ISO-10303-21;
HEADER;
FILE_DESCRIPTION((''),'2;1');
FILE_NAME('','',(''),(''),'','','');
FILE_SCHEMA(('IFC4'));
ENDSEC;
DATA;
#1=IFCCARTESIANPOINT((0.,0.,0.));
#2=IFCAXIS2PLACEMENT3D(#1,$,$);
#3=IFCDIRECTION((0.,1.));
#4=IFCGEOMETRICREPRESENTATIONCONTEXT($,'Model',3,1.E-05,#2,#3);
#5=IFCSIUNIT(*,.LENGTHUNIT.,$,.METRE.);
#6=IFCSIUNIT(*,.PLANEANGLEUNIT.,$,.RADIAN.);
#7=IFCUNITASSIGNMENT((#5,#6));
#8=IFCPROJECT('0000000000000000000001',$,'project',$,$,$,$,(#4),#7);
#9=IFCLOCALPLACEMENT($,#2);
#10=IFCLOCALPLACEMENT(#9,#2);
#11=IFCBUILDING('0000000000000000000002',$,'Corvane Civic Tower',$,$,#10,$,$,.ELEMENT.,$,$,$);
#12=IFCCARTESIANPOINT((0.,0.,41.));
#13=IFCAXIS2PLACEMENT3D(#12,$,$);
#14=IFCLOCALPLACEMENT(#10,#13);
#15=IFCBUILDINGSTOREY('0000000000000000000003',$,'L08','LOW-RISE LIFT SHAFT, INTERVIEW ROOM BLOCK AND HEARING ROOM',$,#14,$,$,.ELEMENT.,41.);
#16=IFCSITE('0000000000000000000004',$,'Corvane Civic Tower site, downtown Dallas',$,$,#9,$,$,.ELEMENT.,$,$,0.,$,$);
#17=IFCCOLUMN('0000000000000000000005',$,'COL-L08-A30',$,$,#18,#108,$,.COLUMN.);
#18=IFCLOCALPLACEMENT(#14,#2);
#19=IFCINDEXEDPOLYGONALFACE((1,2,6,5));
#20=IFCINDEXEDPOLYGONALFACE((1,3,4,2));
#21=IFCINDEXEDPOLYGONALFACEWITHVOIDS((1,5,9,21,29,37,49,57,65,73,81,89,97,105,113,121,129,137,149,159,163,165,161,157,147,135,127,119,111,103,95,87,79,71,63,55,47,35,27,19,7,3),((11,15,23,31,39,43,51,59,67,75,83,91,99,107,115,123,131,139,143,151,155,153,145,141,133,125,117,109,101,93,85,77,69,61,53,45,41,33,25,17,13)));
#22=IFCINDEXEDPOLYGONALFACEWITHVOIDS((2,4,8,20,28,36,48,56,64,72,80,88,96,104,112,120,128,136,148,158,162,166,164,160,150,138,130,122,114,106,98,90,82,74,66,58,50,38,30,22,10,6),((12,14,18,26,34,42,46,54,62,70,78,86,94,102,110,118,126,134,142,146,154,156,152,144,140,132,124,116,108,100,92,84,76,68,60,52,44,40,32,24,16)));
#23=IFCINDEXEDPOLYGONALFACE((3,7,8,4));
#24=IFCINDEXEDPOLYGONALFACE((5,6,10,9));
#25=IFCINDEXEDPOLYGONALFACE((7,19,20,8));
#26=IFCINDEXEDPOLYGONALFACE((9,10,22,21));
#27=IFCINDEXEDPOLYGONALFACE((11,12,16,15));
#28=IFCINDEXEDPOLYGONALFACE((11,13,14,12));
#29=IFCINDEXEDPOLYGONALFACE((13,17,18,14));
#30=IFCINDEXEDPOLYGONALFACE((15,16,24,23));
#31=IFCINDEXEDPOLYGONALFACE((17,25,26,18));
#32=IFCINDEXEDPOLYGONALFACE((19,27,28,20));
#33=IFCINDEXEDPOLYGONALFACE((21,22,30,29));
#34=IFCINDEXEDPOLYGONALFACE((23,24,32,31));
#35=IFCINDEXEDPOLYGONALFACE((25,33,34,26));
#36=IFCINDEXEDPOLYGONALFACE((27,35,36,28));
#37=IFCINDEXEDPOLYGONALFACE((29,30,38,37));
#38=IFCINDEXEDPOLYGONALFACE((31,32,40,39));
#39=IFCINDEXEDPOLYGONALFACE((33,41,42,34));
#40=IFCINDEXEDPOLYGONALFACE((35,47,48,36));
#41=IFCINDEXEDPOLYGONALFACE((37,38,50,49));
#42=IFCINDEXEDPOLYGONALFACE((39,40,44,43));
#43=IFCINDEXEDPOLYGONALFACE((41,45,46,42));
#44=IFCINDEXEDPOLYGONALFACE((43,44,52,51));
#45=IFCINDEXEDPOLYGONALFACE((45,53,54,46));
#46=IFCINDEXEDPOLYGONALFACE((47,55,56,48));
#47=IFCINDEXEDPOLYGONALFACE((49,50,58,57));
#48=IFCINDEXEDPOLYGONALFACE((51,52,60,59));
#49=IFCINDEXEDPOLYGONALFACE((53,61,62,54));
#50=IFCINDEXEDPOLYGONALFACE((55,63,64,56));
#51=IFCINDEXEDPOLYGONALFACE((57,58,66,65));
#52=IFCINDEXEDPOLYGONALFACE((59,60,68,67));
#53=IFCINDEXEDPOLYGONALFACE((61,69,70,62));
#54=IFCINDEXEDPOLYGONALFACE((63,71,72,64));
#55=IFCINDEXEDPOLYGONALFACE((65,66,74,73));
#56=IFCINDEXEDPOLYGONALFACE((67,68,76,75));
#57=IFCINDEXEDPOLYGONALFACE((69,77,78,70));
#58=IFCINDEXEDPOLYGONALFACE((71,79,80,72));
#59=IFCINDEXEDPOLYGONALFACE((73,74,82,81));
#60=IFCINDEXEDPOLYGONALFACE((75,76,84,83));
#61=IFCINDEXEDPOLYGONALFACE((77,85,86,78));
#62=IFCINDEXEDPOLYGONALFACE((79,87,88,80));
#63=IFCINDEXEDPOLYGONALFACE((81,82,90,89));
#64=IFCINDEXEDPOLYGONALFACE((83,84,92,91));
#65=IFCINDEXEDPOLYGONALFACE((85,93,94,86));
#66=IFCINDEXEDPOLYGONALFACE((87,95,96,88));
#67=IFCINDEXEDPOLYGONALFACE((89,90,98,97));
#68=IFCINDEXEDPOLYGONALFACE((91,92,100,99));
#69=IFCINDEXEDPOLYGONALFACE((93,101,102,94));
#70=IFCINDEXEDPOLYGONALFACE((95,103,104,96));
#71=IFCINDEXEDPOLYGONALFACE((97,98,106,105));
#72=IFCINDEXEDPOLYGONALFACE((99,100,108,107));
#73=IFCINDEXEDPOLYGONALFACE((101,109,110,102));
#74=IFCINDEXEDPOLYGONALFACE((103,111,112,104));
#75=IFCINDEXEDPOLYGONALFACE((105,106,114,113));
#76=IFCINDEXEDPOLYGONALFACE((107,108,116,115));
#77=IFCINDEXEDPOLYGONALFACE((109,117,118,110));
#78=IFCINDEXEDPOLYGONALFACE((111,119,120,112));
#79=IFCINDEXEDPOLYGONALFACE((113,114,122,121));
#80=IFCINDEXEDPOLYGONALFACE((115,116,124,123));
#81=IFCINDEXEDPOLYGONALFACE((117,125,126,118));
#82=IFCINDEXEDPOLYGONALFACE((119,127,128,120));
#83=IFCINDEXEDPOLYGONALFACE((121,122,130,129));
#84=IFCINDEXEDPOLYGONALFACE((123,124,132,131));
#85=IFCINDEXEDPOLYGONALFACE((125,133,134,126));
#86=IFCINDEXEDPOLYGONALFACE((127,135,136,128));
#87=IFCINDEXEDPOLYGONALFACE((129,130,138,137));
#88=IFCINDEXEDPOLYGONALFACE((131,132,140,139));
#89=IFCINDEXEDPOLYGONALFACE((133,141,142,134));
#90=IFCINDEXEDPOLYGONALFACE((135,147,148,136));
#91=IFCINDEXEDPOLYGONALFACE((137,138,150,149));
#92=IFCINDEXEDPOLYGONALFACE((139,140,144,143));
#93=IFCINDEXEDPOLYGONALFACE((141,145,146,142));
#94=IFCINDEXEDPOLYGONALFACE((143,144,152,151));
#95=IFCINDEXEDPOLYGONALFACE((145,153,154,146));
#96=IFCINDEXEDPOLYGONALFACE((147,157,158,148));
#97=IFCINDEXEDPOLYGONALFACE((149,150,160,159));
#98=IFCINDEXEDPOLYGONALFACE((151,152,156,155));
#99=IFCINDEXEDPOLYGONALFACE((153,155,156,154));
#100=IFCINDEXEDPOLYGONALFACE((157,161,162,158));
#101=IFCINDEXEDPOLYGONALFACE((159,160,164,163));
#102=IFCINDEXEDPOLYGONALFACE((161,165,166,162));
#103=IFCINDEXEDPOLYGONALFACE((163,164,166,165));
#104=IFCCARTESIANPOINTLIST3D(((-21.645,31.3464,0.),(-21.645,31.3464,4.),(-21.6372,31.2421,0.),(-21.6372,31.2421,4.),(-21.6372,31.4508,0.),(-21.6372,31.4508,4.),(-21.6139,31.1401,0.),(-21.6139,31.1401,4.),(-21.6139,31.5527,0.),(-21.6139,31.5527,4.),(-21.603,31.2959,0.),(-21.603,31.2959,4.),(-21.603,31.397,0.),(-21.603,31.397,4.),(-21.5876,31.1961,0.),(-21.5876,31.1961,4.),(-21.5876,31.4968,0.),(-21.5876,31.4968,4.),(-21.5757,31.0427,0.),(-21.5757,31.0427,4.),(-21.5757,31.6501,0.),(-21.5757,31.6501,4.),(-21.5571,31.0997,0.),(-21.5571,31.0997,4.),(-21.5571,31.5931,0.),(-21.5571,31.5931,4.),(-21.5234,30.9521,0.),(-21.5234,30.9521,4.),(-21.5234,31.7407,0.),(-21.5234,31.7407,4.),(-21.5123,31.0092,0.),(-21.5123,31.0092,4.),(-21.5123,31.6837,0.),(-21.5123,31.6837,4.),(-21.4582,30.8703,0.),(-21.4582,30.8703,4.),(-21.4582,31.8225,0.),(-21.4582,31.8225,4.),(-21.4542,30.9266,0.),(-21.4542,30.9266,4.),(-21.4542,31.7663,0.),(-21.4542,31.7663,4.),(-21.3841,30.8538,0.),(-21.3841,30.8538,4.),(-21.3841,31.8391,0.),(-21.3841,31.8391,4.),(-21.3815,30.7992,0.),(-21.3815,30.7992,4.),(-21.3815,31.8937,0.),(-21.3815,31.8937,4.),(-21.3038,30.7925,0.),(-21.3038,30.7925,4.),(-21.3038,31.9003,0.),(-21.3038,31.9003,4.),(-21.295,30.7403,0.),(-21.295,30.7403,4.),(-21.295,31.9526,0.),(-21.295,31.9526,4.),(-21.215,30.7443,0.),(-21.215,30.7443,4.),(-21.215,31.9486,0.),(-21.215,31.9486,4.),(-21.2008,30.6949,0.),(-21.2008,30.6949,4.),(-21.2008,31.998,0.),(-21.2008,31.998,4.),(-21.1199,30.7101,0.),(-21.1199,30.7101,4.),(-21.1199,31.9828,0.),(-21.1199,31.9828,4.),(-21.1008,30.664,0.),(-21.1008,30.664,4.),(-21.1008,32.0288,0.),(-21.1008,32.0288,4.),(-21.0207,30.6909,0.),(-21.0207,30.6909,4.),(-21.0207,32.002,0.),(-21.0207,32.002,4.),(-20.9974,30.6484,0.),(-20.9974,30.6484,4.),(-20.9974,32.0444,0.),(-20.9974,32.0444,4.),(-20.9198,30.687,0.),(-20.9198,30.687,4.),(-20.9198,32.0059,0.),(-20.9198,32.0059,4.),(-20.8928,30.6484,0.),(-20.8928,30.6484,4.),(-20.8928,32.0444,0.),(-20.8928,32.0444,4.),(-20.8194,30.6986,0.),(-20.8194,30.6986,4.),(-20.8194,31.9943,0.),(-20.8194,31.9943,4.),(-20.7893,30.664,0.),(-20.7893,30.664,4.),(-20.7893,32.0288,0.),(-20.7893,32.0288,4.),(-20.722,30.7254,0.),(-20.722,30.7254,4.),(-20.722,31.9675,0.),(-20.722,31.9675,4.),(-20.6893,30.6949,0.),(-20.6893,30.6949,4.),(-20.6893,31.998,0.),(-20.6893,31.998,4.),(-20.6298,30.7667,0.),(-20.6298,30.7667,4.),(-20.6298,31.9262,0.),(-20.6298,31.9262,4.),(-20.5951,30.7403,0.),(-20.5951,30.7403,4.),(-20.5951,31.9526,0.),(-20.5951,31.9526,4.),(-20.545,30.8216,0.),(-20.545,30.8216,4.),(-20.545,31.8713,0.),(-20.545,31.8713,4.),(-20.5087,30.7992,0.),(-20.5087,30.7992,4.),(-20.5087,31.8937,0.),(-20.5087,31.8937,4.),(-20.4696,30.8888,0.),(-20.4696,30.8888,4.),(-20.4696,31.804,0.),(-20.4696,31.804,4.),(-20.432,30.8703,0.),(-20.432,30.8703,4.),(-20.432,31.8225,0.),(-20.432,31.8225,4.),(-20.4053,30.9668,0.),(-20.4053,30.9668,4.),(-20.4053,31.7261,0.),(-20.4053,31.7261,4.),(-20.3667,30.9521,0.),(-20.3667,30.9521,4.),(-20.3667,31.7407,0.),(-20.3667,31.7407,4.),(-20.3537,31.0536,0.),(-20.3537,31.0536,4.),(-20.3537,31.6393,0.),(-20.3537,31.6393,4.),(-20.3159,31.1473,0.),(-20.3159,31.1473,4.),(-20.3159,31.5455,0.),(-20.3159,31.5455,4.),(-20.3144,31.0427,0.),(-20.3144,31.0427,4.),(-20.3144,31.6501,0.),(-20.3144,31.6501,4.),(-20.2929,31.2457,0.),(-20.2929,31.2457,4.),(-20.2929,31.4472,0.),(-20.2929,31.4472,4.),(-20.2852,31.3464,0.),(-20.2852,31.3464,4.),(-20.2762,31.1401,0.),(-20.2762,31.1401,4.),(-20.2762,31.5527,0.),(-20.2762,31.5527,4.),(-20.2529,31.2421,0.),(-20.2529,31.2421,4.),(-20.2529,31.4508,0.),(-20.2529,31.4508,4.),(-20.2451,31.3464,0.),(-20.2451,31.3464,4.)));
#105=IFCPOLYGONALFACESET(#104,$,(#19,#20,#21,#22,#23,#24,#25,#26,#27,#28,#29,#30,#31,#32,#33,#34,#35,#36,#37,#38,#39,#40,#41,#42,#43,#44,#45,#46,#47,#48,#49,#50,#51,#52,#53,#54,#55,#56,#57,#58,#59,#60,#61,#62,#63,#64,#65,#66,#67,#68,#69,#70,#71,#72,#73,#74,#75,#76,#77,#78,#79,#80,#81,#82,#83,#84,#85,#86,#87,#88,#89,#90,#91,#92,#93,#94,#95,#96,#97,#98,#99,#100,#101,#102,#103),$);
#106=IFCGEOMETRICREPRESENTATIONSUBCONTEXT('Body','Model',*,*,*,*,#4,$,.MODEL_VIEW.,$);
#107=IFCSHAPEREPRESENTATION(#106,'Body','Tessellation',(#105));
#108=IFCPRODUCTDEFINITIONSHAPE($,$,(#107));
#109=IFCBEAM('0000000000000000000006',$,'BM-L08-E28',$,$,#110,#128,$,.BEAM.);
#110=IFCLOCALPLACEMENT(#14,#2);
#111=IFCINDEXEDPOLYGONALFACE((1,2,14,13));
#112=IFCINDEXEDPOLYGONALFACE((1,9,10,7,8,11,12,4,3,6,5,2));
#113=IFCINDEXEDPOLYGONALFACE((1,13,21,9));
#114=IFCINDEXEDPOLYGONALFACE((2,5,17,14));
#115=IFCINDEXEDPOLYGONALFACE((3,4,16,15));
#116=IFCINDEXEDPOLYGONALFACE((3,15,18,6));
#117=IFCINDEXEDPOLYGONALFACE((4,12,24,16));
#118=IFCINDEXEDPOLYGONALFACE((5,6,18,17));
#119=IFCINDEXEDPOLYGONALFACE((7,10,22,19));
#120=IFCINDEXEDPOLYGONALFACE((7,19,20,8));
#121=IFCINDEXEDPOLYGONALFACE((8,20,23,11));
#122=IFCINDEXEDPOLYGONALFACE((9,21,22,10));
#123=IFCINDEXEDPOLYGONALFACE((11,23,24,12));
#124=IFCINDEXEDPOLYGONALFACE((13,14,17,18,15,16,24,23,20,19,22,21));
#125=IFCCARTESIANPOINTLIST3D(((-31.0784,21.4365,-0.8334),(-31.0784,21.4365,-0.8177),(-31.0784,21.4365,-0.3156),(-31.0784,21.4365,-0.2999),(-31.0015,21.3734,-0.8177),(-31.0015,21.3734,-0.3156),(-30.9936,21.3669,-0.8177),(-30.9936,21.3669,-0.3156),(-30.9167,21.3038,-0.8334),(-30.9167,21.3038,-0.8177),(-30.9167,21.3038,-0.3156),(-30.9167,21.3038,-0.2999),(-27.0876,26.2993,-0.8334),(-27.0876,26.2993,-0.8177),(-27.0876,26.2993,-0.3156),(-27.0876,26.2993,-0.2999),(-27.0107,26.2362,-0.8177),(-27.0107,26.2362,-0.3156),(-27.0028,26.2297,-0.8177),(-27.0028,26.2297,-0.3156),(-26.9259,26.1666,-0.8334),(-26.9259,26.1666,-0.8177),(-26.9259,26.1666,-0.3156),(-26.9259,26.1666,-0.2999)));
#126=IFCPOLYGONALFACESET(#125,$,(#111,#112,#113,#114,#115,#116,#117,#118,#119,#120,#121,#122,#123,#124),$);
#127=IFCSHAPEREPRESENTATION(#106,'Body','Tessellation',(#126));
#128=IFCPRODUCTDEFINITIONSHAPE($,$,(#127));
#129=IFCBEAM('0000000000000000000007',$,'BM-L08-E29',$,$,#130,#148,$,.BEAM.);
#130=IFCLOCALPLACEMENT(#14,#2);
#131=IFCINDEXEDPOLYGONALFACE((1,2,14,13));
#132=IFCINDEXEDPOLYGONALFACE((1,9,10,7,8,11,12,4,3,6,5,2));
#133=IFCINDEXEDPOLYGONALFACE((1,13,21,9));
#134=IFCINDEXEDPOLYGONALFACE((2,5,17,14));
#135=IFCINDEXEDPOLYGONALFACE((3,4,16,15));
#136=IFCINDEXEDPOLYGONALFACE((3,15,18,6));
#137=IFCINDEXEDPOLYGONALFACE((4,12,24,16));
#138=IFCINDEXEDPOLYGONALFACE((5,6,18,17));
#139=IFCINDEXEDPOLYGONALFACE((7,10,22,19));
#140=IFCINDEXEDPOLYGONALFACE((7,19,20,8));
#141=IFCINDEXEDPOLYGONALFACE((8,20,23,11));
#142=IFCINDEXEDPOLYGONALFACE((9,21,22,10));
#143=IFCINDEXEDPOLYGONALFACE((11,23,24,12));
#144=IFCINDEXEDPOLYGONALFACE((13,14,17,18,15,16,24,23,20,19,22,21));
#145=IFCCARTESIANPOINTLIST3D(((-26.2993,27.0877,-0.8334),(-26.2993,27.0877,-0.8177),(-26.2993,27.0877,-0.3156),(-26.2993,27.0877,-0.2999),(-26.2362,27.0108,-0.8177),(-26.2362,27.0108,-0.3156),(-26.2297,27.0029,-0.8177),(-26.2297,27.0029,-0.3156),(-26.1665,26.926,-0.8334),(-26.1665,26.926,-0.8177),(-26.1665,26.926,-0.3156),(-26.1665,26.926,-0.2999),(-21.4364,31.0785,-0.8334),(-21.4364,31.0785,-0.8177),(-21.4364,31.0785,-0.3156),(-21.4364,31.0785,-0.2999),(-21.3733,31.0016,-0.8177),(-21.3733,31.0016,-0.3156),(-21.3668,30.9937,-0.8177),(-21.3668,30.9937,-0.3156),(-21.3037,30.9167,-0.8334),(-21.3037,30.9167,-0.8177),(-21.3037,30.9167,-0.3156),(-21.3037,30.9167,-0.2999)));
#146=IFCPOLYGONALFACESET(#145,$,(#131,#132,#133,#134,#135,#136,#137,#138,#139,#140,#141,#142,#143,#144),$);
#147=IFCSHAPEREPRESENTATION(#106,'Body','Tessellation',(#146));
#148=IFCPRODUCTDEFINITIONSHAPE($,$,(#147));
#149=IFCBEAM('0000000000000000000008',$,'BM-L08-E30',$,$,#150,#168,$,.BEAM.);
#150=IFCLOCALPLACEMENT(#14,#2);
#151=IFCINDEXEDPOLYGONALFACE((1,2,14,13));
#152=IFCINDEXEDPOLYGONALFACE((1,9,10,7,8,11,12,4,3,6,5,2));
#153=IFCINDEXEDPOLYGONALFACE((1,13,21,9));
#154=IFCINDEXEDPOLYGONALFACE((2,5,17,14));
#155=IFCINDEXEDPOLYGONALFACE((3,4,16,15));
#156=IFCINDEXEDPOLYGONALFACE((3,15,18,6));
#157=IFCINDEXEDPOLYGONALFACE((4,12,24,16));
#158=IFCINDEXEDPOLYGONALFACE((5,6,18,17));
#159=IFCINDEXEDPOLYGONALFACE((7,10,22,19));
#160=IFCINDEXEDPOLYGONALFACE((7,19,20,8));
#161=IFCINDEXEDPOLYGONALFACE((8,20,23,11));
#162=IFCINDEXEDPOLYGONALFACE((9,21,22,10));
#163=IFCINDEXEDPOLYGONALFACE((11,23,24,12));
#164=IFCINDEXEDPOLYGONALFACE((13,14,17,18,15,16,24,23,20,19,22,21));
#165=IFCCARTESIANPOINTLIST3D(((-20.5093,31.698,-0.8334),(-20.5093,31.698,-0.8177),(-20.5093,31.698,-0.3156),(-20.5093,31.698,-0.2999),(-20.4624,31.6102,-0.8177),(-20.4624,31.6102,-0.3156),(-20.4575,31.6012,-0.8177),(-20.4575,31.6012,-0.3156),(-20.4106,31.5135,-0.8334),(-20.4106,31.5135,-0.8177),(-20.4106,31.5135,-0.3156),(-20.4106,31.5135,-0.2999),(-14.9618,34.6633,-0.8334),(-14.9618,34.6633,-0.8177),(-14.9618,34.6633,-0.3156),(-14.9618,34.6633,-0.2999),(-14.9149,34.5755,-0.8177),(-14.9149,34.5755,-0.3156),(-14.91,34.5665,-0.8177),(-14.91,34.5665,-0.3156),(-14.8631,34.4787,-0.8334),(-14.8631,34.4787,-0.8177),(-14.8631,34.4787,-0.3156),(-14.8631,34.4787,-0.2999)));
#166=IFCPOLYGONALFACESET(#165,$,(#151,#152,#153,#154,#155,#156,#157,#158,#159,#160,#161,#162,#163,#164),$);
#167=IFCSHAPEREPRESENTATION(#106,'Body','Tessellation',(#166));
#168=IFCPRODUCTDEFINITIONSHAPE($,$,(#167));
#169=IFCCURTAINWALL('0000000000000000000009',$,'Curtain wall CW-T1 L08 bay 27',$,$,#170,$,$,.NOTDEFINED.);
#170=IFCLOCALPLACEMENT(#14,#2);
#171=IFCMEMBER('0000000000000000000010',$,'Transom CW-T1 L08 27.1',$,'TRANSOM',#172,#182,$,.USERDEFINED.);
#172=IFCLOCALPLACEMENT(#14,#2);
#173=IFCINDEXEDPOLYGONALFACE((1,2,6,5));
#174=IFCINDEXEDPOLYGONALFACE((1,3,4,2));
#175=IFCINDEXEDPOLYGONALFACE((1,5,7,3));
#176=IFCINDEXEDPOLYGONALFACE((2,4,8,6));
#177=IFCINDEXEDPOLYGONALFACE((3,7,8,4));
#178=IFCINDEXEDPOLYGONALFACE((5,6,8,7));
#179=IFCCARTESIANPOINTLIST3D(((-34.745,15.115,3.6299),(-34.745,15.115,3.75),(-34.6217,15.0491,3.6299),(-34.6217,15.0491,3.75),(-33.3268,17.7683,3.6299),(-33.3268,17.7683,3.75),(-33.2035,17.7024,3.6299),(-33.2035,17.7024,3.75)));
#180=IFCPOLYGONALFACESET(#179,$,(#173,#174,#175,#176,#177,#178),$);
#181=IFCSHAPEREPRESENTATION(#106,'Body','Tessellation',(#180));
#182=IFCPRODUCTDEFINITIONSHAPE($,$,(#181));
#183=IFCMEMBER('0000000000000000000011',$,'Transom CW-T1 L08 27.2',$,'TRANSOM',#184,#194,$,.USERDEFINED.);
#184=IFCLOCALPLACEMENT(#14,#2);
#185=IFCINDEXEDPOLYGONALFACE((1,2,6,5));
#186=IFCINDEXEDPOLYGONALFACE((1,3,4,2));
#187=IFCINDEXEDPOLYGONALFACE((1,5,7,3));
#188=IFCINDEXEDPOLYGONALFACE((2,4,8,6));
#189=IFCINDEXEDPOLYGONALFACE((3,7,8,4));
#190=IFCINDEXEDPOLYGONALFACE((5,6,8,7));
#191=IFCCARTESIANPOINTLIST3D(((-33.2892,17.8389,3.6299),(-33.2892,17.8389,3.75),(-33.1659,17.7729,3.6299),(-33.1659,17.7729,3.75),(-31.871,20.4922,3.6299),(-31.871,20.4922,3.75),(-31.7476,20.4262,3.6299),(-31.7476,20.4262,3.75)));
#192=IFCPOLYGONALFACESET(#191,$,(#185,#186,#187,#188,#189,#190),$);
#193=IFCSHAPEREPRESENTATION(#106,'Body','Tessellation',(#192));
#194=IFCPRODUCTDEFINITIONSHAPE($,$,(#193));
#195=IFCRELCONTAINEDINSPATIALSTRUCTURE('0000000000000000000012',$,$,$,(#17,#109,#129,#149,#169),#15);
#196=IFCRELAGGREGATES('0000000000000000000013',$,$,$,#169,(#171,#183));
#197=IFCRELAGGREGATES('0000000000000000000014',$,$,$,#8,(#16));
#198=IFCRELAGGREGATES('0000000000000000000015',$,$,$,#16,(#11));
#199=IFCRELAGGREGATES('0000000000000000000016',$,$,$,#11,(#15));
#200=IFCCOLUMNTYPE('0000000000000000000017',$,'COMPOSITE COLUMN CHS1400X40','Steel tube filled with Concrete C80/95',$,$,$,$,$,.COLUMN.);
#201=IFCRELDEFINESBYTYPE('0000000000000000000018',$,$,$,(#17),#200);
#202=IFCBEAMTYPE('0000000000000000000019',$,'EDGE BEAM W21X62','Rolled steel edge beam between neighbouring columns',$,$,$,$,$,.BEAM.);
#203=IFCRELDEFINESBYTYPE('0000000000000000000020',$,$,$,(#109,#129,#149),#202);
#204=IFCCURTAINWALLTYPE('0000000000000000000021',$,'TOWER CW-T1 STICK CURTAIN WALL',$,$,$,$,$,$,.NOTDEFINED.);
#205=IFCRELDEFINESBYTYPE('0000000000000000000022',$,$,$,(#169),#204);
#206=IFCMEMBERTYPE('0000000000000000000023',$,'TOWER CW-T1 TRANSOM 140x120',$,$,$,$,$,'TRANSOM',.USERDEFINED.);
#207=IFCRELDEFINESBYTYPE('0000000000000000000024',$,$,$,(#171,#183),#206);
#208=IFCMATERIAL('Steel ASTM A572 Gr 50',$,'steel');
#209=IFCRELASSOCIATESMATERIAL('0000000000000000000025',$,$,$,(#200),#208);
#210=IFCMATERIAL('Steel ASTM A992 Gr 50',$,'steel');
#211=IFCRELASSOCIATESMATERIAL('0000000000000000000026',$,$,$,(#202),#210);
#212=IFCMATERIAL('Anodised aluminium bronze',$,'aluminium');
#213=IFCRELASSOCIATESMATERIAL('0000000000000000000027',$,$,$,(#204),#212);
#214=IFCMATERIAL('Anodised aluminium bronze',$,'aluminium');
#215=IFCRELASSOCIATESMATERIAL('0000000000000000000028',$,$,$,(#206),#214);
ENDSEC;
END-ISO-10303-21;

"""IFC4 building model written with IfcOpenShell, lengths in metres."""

from ifc_helpers import new_model, si_unit, direction, frame, origin, origin_2d, place, context, subcontext, project, spatial, rectangle, hollow_circle, i_section, extrude, material, material_profile, profile_set, type_object, element, aggregate, save


model = new_model("IFC4")

# Units and contexts
model_context = context("Model", 3, precision=1e-05, world=origin(), true_north=direction((0.0, 1.0)))
body_context = subcontext(model_context, "Body", "Model", "MODEL_VIEW")
ifc_project = project(units=[si_unit("LENGTHUNIT", "METRE"), si_unit("PLANEANGLEUNIT", "RADIAN")], contexts=[model_context])

# Site, building, storey
site_placement = place(None, origin())
site = spatial("IfcSite", under=ifc_project, at=site_placement, Name="Corvane Civic Tower site, downtown Dallas", CompositionType="ELEMENT", RefElevation=0.0)
building_placement = place(site_placement, origin())
building = spatial("IfcBuilding", under=site, at=building_placement, Name="Corvane Civic Tower", CompositionType="ELEMENT")
storey_placement = place(building_placement, frame((0.0, 0.0, 41.0)))
storey = spatial("IfcBuildingStorey", under=building, at=storey_placement, Name="L08", Description="LOW-RISE LIFT SHAFT, INTERVIEW ROOM BLOCK AND HEARING ROOM", CompositionType="ELEMENT", Elevation=41.0)

# Column
ifc_material_1 = material(Name="Steel ASTM A572 Gr 50", Category="steel")
ifc_material_profile_1 = material_profile(ifc_material_1, hollow_circle(Radius=0.7, WallThickness=0.04, at=origin_2d()), Name="CHS1400X40")
ifc_profile_set_1 = profile_set([ifc_material_profile_1], Name="Steel ASTM A572 Gr 50")
column_type = type_object("IfcColumnType", Name="COMPOSITE COLUMN CHS1400X40", Description="Steel tube filled with Concrete C80/95", PredefinedType="COLUMN", material=ifc_profile_set_1)
for number, where, z_axis, x_axis, name in (
    (1, (-20.9451, 31.3464, 0.0), (0.0, 0.0, 1.0), (1.0, 0.0, 0.0), "COL-L08-A30"),
):
    element("IfcColumn", number, at=place(storey_placement, frame(where, z_axis=z_axis, x_axis=x_axis)), inside=storey, type_object=column_type, Name=name, PredefinedType="COLUMN", context=body_context, shape_type="SweptSolid", body=[
        extrude(hollow_circle(Radius=0.7, WallThickness=0.04, at=origin_2d()), origin(), (0.0, 0.0, 1.0), 4.0),
    ])

# Beams
ifc_material_2 = material(Name="Steel ASTM A992 Gr 50", Category="steel")
ifc_material_profile_2 = material_profile(ifc_material_2, i_section(OverallWidth=0.2092, OverallDepth=0.5334, WebThickness=0.0103, FlangeThickness=0.0156, at=origin_2d()), Name="W21X62")
ifc_profile_set_2 = profile_set([ifc_material_profile_2], Name="Steel ASTM A992 Gr 50")
beam_type = type_object("IfcBeamType", Name="EDGE BEAM W21X62", Description="Rolled steel edge beam between neighbouring columns", PredefinedType="BEAM", material=ifc_profile_set_2)
for number, where, z_axis, x_axis, name in (
    (2, (-30.9976, 21.3701, -0.5667), (0.634387, 0.773016, 0.0), (-0.773016, 0.634387, 0.0), "BM-L08-E28"),
    (3, (-26.2329, 27.0068, -0.5667), (0.773016, 0.634387, 0.0), (-0.634387, 0.773016, 0.0), "BM-L08-E29"),
):
    element("IfcBeam", number, at=place(storey_placement, frame(where, z_axis=z_axis, x_axis=x_axis)), inside=storey, type_object=beam_type, Name=name, PredefinedType="BEAM", context=body_context, shape_type="SweptSolid", body=[
        extrude(i_section(OverallWidth=0.2092, OverallDepth=0.5334, WebThickness=0.0103, FlangeThickness=0.0156, at=origin_2d()), origin(), (0.0, 0.0, 1.0), 6.2908),
    ])
beam_placement = place(storey_placement, frame((-20.46, 31.6057, -0.5667), z_axis=(0.881916, 0.471406, 0.0), x_axis=(-0.471406, 0.881916, 0.0)))
element("IfcBeam", 4, at=beam_placement, inside=storey, type_object=beam_type, Name="BM-L08-E30", PredefinedType="BEAM", context=body_context, shape_type="SweptSolid", body=[
    extrude(i_section(OverallWidth=0.2092, OverallDepth=0.5334, WebThickness=0.0103, FlangeThickness=0.0156, at=origin_2d()), origin(), (0.0, 0.0, 1.0), 6.2903),
])

# Curtain wall, members
ifc_material_3 = material(Name="Anodised aluminium bronze", Category="aluminium")
curtain_wall_type = type_object("IfcCurtainWallType", Name="TOWER CW-T1 STICK CURTAIN WALL", PredefinedType="NOTDEFINED", material=ifc_material_3)
curtain_wall_1_placement = place(storey_placement, origin())
curtain_wall_1 = element("IfcCurtainWall", 5, at=curtain_wall_1_placement, inside=storey, type_object=curtain_wall_type, Name="Curtain wall CW-T1 L08 bay 27", PredefinedType="NOTDEFINED")
ifc_material_4 = material(Name="Anodised aluminium bronze", Category="aluminium")
ifc_material_profile_3 = material_profile(ifc_material_4, rectangle(XDim=0.1399, YDim=0.1201, at=origin_2d()), Name="TOWER CW-T1 TRANSOM 140x120")
ifc_profile_set_3 = profile_set([ifc_material_profile_3], Name="Anodised aluminium bronze")
member_type_1 = type_object("IfcMemberType", Name="TOWER CW-T1 TRANSOM 140x120", ElementType="TRANSOM", PredefinedType="USERDEFINED", material=ifc_profile_set_3)
member_1_placement = place(storey_placement, frame((-34.6833, 15.082, 3.6899), z_axis=(0.471393, 0.881924, 0.0), x_axis=(-0.881924, 0.471393, 0.0)))
member_1 = element("IfcMember", 6, at=member_1_placement, type_object=member_type_1, Name="Transom CW-T1 L08 27.1", ObjectType="TRANSOM", PredefinedType="USERDEFINED", context=body_context, shape_type="SweptSolid", body=[
    extrude(rectangle(XDim=0.1399, YDim=0.1201, at=origin_2d()), origin(), (0.0, 0.0, 1.0), 3.0085),
])
member_2_placement = place(storey_placement, frame((-33.2275, 17.8059, 3.6899), z_axis=(0.471393, 0.881924, 0.0), x_axis=(-0.881924, 0.471393, 0.0)))
member_2 = element("IfcMember", 7, at=member_2_placement, type_object=member_type_1, Name="Transom CW-T1 L08 27.2", ObjectType="TRANSOM", PredefinedType="USERDEFINED", context=body_context, shape_type="SweptSolid", body=[
    extrude(rectangle(XDim=0.1399, YDim=0.1201, at=origin_2d()), origin(), (0.0, 0.0, 1.0), 3.0085),
])

aggregate(curtain_wall_1, [member_1, member_2])

save(model, "model.ifc")
